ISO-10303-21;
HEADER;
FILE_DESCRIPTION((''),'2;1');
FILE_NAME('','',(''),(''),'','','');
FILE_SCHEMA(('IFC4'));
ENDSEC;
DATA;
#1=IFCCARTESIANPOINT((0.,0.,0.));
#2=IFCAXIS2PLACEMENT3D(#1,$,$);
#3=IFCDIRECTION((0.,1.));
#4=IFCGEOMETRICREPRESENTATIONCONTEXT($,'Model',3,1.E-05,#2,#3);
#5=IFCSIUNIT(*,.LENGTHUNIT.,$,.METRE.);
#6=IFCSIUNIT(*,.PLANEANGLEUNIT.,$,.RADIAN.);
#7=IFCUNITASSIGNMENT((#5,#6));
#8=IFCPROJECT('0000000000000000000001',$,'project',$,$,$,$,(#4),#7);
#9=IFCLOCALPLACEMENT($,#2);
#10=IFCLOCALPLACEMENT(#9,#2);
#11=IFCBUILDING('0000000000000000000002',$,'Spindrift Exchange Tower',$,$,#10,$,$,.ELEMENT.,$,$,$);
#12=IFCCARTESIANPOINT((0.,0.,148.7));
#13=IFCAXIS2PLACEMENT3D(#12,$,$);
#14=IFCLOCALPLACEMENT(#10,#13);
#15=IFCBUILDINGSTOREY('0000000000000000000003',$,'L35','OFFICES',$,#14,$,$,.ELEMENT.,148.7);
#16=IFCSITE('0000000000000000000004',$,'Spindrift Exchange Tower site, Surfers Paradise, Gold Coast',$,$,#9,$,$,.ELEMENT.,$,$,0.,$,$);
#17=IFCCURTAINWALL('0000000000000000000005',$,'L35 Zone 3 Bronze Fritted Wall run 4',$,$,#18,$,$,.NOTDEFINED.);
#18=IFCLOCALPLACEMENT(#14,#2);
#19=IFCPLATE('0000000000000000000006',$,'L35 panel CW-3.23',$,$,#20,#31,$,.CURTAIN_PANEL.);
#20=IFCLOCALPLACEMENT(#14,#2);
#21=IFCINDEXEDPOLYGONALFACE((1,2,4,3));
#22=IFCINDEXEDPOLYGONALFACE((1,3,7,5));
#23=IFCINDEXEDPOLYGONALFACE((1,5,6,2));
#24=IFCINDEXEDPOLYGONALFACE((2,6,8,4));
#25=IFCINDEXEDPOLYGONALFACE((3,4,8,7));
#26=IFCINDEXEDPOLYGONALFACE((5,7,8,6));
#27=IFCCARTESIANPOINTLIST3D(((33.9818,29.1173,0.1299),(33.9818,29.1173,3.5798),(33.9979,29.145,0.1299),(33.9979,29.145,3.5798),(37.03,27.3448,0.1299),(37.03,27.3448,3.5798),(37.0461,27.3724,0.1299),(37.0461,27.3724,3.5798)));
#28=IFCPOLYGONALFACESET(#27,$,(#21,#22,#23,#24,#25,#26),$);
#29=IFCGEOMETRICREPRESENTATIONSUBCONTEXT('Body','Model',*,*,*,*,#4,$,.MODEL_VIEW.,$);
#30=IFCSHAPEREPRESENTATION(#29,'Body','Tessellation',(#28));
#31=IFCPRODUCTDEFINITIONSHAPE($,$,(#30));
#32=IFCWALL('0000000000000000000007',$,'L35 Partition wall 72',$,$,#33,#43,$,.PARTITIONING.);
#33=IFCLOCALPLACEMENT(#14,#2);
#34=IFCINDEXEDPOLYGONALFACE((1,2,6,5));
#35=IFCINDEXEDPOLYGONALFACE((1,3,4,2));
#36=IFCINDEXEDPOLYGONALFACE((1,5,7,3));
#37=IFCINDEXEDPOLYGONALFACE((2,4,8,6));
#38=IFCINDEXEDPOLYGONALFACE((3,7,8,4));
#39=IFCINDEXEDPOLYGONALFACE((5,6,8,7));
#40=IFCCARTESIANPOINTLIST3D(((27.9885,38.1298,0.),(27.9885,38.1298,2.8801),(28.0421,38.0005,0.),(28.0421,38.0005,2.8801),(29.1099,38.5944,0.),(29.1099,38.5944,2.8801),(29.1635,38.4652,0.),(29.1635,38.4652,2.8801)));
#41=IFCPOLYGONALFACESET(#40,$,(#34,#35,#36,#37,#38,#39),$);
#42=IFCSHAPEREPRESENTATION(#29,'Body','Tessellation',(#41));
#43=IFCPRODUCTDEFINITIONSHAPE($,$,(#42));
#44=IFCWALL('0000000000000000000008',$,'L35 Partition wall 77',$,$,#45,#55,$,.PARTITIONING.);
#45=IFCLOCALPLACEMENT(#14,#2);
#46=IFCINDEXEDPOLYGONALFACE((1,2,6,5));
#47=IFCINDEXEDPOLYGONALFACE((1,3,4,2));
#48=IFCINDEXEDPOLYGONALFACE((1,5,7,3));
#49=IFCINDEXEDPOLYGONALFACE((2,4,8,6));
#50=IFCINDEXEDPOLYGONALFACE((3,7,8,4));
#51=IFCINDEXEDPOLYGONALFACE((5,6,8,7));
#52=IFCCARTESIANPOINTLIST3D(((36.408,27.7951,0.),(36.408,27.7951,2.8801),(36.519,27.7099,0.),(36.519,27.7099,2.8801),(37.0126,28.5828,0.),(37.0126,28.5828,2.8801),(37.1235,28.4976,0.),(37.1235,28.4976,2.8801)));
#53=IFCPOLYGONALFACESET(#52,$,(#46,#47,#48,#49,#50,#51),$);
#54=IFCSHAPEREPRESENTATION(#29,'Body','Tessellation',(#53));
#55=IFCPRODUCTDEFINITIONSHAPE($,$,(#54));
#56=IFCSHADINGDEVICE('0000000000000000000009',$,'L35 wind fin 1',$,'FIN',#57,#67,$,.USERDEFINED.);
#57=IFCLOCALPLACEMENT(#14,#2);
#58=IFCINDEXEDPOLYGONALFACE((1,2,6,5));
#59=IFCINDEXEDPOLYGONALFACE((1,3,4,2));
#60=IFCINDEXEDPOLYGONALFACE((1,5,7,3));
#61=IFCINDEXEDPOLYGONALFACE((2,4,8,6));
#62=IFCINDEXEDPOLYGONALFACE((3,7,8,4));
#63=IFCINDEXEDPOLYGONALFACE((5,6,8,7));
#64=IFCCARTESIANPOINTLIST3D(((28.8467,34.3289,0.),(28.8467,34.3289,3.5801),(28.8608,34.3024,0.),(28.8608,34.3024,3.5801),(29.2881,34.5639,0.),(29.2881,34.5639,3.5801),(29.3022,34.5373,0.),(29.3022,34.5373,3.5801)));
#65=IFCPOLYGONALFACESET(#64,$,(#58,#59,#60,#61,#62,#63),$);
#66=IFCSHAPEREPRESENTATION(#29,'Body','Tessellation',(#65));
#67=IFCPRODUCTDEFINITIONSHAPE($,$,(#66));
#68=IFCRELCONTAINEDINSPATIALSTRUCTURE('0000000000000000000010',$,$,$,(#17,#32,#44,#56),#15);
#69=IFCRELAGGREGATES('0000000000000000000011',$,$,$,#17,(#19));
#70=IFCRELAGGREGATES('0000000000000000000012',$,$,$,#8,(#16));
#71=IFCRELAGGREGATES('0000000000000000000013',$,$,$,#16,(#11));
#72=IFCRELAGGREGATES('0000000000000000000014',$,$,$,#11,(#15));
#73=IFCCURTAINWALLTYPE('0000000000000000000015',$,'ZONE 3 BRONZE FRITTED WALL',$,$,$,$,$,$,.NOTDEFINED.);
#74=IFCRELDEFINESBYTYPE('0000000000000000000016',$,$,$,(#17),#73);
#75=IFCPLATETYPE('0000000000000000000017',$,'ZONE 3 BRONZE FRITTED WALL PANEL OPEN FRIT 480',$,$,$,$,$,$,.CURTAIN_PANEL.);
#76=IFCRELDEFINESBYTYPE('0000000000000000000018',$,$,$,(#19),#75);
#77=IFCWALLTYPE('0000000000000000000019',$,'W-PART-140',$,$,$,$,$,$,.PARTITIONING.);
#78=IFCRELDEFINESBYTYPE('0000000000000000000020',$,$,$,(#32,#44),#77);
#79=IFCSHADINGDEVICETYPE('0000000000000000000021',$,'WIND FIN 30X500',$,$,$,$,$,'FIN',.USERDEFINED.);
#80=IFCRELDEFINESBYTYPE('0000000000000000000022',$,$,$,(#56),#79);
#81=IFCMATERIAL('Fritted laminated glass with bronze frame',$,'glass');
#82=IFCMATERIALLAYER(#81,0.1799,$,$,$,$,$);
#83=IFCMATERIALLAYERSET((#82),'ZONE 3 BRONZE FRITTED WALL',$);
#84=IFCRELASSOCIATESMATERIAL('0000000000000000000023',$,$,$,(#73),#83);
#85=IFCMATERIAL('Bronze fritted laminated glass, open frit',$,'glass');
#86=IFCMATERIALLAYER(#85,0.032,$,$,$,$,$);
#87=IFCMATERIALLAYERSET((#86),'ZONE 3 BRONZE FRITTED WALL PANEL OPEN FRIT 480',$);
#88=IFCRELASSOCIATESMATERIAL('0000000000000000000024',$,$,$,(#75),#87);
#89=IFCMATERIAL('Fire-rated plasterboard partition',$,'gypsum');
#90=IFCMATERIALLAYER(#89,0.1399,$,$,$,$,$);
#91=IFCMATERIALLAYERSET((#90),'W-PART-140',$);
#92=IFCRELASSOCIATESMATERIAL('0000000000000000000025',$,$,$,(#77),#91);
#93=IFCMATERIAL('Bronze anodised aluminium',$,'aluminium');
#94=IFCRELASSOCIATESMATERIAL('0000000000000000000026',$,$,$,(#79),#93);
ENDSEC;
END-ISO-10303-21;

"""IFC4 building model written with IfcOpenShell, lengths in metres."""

from ifc_helpers import new_model, si_unit, direction, frame, frame_2d, origin, origin_2d, place, context, subcontext, project, spatial, rectangle, extrude, source, transform, mapped, material, layer, layer_set, material_profile, profile_set, type_object, element, aggregate, save


model = new_model("IFC4")

# Units and contexts
model_context = context("Model", 3, precision=1e-05, world=origin(), true_north=direction((0.0, 1.0)))
body_context = subcontext(model_context, "Body", "Model", "MODEL_VIEW")
ifc_project = project(units=[si_unit("LENGTHUNIT", "METRE"), si_unit("PLANEANGLEUNIT", "RADIAN")], contexts=[model_context])

# Site, building, storey
site_placement = place(None, origin())
site = spatial("IfcSite", under=ifc_project, at=site_placement, Name="Spindrift Exchange Tower site, Surfers Paradise, Gold Coast", CompositionType="ELEMENT", RefElevation=0.0)
building_placement = place(site_placement, origin())
building = spatial("IfcBuilding", under=site, at=building_placement, Name="Spindrift Exchange Tower", CompositionType="ELEMENT")
storey_placement = place(building_placement, frame((0.0, 0.0, 148.7)))
storey = spatial("IfcBuildingStorey", under=building, at=storey_placement, Name="L35", Description="OFFICES", CompositionType="ELEMENT", Elevation=148.7)

# Curtain wall
ifc_material_1 = material(Name="Fritted laminated glass with bronze frame", Category="glass")
ifc_layer_1 = layer(ifc_material_1, 0.1799)
ifc_layer_set_1 = layer_set([ifc_layer_1], Name="ZONE 3 BRONZE FRITTED WALL")
curtain_wall_type = type_object("IfcCurtainWallType", Name="ZONE 3 BRONZE FRITTED WALL", PredefinedType="NOTDEFINED", material=ifc_layer_set_1)
curtain_wall_1_placement = place(storey_placement, origin())
curtain_wall_1 = element("IfcCurtainWall", 1, at=curtain_wall_1_placement, inside=storey, type_object=curtain_wall_type, Name="L35 Zone 3 Bronze Fritted Wall run 4", PredefinedType="NOTDEFINED")
ifc_material_2 = material(Name="Bronze anodised aluminium", Category="aluminium")

# Plate
ifc_material_3 = material(Name="Bronze fritted laminated glass, open frit", Category="glass")
ifc_layer_2 = layer(ifc_material_3, 0.032)
ifc_layer_set_2 = layer_set([ifc_layer_2], Name="ZONE 3 BRONZE FRITTED WALL PANEL OPEN FRIT 480")
plate_type_1 = type_object("IfcPlateType", Name="ZONE 3 BRONZE FRITTED WALL PANEL OPEN FRIT 480", PredefinedType="CURTAIN_PANEL", material=ifc_layer_set_2)
shared_shape_1 = source(origin(), body_context, "Body", "SweptSolid", [
    extrude(rectangle(XDim=3.5261, YDim=0.032, at=origin_2d()), origin(), (0.0, 0.0, 1.0), 3.45),
])
plate_1_placement = place(storey_placement, frame((35.5139, 28.2449, 0.1299), z_axis=(0.0, 0.0, 1.0), x_axis=(0.864463, -0.502696, 0.0)))
plate_1 = element("IfcPlate", 2, at=plate_1_placement, type_object=plate_type_1, Name="L35 panel CW-3.23", PredefinedType="CURTAIN_PANEL", context=body_context, shape_type="MappedRepresentation", body=[
    mapped(shared_shape_1, transform((0.0, 0.0, 0.0), scale=1.0)),
])
aggregate(curtain_wall_1, [plate_1])

# Walls
ifc_material_4 = material(Name="Fire-rated plasterboard partition", Category="gypsum")
ifc_layer_3 = layer(ifc_material_4, 0.1399)
ifc_layer_set_3 = layer_set([ifc_layer_3], Name="W-PART-140")
wall_type = type_object("IfcWallType", Name="W-PART-140", PredefinedType="PARTITIONING", material=ifc_layer_set_3)
wall_1_placement = place(storey_placement, frame((29.1367, 38.5298, 0.0), z_axis=(0.0, 0.0, 1.0), x_axis=(-0.923843, -0.382772, 0.0)))
element("IfcWall", 3, at=wall_1_placement, inside=storey, type_object=wall_type, Name="L35 Partition wall 72", PredefinedType="PARTITIONING", context=body_context, shape_type="SweptSolid", body=[
    extrude(rectangle(XDim=1.2139, YDim=0.1399, at=frame_2d((0.6069, 0.0))), origin(), (0.0, 0.0, 1.0), 2.8801),
])
wall_2_placement = place(storey_placement, frame((37.0681, 28.5403, 0.0), z_axis=(0.0, 0.0, 1.0), x_axis=(-0.608855, -0.793282, 0.0)))
element("IfcWall", 4, at=wall_2_placement, inside=storey, type_object=wall_type, Name="L35 Partition wall 77", PredefinedType="PARTITIONING", context=body_context, shape_type="SweptSolid", body=[
    extrude(rectangle(XDim=0.9929, YDim=0.1399, at=frame_2d((0.4966, 0.0))), origin(), (0.0, 0.0, 1.0), 2.8801),
])

# Shading device
ifc_material_profile_1 = material_profile(ifc_material_2, rectangle(XDim=0.03, YDim=0.5, at=origin_2d()), Name="WIND FIN 30X500")
ifc_profile_set_1 = profile_set([ifc_material_profile_1], Name="Bronze anodised aluminium")
shading_device_type = type_object("IfcShadingDeviceType", Name="WIND FIN 30X500", ElementType="FIN", PredefinedType="USERDEFINED", material=ifc_profile_set_1)
shared_shape_2 = source(origin(), body_context, "Body", "SweptSolid", [
    extrude(rectangle(XDim=0.03, YDim=0.5, at=origin_2d()), origin(), (0.0, 0.0, 1.0), 3.5801),
])
shading_device_placement = place(storey_placement, frame((29.0745, 34.4331, 0.0), z_axis=(0.0, 0.0, 1.0), x_axis=(0.469975, -0.88268, 0.0)))
element("IfcShadingDevice", 5, at=shading_device_placement, inside=storey, type_object=shading_device_type, Name="L35 wind fin 1", ObjectType="FIN", PredefinedType="USERDEFINED", context=body_context, shape_type="MappedRepresentation", body=[
    mapped(shared_shape_2, transform((0.0, 0.0, 0.0), scale=1.0)),
])

save(model, "model.ifc")
